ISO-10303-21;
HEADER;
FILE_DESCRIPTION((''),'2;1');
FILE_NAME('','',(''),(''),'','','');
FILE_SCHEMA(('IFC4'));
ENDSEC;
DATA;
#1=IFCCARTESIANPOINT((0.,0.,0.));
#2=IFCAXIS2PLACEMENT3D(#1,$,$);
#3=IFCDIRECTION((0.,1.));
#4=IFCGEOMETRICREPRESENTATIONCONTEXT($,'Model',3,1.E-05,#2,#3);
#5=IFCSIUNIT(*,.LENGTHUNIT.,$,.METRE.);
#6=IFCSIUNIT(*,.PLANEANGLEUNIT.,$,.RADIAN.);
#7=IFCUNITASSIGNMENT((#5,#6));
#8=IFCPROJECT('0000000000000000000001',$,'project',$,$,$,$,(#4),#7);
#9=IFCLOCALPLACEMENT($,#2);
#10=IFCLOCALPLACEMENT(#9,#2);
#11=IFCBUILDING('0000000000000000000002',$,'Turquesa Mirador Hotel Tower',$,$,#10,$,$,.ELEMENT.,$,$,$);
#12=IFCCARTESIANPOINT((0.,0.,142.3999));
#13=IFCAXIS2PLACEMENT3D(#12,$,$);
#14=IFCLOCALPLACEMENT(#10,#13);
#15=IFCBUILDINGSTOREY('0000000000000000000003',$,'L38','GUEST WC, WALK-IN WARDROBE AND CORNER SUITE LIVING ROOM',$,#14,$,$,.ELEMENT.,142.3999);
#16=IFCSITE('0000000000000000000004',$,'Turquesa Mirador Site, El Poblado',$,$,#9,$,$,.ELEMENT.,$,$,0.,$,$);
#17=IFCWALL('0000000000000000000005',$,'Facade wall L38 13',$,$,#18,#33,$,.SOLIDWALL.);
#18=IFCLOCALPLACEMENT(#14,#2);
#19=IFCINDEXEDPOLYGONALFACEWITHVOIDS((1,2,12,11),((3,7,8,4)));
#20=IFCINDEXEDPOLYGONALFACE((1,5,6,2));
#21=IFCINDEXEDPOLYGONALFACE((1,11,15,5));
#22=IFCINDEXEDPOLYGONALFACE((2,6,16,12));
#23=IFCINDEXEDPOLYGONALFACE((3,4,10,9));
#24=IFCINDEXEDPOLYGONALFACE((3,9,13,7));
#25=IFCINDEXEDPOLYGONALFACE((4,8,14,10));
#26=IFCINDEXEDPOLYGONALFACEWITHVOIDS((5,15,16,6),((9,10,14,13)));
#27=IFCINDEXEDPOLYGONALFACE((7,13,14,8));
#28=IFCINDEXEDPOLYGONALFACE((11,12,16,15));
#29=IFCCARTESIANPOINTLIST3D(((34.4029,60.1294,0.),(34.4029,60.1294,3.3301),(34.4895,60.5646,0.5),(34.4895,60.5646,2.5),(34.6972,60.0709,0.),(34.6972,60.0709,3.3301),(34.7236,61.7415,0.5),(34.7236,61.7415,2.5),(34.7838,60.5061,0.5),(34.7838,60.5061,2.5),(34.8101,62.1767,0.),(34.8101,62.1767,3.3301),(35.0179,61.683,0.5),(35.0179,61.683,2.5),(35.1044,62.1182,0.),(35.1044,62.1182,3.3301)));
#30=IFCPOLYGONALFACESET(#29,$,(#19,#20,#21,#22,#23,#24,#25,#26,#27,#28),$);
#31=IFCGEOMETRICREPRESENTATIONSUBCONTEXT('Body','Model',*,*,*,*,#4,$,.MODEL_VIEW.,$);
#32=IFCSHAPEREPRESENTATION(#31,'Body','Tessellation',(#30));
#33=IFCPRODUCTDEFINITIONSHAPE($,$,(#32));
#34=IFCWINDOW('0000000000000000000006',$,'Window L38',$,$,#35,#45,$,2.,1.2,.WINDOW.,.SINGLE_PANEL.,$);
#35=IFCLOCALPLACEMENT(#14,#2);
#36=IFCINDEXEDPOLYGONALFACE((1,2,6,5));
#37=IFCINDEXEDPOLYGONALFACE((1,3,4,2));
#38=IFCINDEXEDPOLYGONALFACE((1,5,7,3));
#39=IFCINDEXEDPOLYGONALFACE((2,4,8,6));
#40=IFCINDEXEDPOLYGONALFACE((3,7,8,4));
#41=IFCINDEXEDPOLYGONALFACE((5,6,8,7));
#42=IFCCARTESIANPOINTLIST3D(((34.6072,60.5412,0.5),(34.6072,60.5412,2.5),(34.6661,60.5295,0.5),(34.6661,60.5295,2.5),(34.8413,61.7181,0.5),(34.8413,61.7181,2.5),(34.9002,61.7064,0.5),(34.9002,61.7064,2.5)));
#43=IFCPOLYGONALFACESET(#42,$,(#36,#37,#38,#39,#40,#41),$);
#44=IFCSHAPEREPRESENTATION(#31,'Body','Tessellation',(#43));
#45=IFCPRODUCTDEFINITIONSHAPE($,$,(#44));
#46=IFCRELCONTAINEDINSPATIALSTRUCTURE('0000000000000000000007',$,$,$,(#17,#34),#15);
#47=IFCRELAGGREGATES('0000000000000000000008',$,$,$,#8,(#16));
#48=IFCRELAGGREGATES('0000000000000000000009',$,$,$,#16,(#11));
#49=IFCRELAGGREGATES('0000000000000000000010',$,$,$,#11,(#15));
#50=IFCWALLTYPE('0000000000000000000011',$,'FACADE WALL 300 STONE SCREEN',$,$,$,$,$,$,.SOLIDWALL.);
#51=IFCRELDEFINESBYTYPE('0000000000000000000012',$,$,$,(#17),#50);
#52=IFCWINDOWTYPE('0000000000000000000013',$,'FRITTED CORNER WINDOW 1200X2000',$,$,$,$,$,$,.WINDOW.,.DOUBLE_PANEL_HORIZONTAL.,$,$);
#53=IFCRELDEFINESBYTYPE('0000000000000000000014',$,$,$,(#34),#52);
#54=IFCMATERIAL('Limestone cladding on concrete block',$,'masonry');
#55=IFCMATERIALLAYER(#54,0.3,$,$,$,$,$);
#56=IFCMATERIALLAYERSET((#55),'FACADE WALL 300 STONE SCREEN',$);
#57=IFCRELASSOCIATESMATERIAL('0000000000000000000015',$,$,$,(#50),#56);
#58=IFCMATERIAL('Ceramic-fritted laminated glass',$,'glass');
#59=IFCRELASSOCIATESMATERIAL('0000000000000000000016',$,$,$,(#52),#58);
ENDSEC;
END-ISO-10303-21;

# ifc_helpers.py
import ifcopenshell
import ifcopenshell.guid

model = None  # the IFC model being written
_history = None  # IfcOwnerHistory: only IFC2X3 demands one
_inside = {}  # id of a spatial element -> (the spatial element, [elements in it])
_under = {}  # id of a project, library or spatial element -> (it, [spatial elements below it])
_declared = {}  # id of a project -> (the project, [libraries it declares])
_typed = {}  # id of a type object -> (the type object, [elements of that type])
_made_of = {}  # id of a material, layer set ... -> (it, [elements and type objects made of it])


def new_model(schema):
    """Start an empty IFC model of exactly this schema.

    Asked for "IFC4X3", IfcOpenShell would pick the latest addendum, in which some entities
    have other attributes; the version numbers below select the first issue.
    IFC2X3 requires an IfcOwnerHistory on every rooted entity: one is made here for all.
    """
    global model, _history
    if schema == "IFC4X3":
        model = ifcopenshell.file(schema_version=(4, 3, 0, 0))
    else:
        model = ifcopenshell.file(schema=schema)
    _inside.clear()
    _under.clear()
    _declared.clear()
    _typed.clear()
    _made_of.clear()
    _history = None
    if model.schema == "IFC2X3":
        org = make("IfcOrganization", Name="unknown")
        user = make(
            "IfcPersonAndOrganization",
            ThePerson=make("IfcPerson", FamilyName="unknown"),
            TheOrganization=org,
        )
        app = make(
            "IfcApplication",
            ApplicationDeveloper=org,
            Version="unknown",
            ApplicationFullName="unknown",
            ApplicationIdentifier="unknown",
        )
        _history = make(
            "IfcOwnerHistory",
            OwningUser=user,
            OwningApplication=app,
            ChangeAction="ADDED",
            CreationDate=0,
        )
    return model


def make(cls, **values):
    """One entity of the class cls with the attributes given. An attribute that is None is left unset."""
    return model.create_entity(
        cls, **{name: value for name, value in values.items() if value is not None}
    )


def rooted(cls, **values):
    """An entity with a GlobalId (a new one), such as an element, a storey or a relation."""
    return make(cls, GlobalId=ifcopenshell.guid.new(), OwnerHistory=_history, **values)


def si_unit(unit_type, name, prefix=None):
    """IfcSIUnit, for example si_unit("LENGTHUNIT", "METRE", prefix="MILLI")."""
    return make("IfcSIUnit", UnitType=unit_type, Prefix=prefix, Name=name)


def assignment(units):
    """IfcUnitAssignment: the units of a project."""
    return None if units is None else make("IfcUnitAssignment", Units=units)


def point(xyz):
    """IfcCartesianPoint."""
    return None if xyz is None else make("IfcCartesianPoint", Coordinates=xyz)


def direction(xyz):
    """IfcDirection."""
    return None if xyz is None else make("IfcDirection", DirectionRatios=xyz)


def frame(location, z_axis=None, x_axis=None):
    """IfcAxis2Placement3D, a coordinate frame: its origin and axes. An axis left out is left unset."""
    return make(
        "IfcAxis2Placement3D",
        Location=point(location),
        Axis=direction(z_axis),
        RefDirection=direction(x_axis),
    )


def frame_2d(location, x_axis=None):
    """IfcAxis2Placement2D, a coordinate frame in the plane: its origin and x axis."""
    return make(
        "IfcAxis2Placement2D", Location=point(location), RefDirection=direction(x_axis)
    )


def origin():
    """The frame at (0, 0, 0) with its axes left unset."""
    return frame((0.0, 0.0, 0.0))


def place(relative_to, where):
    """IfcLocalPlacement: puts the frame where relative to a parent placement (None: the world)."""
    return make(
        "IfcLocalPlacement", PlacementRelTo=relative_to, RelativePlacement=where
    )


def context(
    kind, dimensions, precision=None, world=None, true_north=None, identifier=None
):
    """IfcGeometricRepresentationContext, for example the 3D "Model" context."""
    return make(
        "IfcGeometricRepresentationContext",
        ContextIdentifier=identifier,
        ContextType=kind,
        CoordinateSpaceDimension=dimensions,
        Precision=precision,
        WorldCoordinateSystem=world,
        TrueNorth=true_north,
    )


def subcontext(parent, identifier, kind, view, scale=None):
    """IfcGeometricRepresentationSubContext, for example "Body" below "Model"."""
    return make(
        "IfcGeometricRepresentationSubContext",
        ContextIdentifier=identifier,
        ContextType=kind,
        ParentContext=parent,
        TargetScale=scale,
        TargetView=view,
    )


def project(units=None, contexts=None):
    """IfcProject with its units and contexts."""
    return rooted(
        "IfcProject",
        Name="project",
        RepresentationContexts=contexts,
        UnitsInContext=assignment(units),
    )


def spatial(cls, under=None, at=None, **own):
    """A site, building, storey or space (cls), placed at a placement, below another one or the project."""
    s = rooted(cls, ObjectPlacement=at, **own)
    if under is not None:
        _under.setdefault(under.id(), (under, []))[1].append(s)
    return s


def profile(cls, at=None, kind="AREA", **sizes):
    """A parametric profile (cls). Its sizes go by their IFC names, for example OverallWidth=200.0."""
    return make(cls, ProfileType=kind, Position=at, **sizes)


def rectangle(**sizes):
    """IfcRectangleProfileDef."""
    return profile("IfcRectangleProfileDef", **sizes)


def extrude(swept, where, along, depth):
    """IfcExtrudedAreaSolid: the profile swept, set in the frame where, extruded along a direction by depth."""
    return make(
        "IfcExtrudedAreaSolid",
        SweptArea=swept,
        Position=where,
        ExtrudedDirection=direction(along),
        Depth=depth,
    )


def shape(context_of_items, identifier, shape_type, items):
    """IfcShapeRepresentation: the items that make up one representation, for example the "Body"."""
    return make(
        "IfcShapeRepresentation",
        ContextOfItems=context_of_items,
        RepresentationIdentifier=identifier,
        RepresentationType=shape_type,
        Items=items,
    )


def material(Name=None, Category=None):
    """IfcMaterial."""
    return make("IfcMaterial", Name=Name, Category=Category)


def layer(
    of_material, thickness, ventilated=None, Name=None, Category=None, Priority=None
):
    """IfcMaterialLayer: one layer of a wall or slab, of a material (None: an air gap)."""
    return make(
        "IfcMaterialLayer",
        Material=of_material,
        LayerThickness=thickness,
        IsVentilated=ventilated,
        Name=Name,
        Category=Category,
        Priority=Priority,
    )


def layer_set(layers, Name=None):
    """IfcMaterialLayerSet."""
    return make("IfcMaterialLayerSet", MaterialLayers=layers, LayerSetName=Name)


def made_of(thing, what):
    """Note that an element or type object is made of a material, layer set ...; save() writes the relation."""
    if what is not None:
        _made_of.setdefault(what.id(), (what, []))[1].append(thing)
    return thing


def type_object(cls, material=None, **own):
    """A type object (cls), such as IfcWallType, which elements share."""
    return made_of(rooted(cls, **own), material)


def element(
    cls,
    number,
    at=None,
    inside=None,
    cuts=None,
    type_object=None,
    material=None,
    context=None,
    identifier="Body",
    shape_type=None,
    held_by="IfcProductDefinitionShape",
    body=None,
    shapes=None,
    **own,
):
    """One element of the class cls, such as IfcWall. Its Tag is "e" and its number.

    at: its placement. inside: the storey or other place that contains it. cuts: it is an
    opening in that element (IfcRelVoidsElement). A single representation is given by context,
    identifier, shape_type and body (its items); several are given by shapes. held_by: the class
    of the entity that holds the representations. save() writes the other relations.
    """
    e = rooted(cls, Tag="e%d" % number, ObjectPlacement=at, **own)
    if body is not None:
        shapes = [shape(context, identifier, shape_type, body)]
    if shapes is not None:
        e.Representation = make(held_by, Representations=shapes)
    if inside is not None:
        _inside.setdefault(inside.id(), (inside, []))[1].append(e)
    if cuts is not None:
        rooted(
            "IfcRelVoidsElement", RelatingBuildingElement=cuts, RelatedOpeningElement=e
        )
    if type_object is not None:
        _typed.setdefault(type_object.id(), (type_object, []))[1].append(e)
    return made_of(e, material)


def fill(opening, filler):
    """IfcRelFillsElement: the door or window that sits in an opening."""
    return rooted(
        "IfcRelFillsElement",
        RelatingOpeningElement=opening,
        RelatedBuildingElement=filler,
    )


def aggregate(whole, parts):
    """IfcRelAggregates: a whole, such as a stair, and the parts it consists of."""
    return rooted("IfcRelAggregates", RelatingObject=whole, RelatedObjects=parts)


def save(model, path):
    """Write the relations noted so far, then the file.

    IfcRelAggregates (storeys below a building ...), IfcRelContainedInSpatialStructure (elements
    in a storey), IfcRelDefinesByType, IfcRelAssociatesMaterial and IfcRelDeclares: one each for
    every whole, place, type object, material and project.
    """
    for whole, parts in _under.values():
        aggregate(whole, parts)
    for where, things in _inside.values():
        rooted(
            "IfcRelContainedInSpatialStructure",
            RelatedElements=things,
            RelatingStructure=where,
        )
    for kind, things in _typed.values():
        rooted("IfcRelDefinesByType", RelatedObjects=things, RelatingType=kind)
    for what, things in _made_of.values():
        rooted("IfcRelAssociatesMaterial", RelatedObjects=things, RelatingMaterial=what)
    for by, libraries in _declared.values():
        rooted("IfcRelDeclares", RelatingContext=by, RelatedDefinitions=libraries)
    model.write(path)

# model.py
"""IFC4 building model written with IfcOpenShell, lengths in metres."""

from ifc_helpers import new_model, si_unit, direction, frame, frame_2d, origin, place, context, subcontext, project, spatial, rectangle, extrude, material, layer, layer_set, type_object, element, fill, save


model = new_model("IFC4")

# Units and contexts
model_context = context("Model", 3, precision=1e-05, world=origin(), true_north=direction((0.0, 1.0)))
body_context = subcontext(model_context, "Body", "Model", "MODEL_VIEW")
ifc_project = project(units=[si_unit("LENGTHUNIT", "METRE"), si_unit("PLANEANGLEUNIT", "RADIAN")], contexts=[model_context])

# Site, building, storey
site_placement = place(None, origin())
site = spatial("IfcSite", under=ifc_project, at=site_placement, Name="Turquesa Mirador Site, El Poblado", CompositionType="ELEMENT", RefElevation=0.0)
building_placement = place(site_placement, origin())
building = spatial("IfcBuilding", under=site, at=building_placement, Name="Turquesa Mirador Hotel Tower", CompositionType="ELEMENT")
storey_placement = place(building_placement, frame((0.0, 0.0, 142.3999)))
storey = spatial("IfcBuildingStorey", under=building, at=storey_placement, Name="L38", Description="GUEST WC, WALK-IN WARDROBE AND CORNER SUITE LIVING ROOM", CompositionType="ELEMENT", Elevation=142.3999)

# Wall, opening, window
ifc_material_1 = material(Name="Limestone cladding on concrete block", Category="masonry")
ifc_layer_1 = layer(ifc_material_1, 0.3)
ifc_layer_set_1 = layer_set([ifc_layer_1], Name="FACADE WALL 300 STONE SCREEN")
wall_type_1 = type_object("IfcWallType", Name="FACADE WALL 300 STONE SCREEN", PredefinedType="SOLIDWALL", material=ifc_layer_set_1)
ifc_material_2 = material(Name="Ceramic-fritted laminated glass", Category="glass")
window_type_1 = type_object("IfcWindowType", Name="FRITTED CORNER WINDOW 1200X2000", PartitioningType="DOUBLE_PANEL_HORIZONTAL", PredefinedType="WINDOW", material=ifc_material_2)
wall_1_placement = place(storey_placement, frame((34.9573, 62.1475, 0.0), z_axis=(0.0, 0.0, 1.0), x_axis=(-0.195081, -0.980787, 0.0)))
wall_1 = element("IfcWall", 1, at=wall_1_placement, inside=storey, type_object=wall_type_1, Name="Facade wall L38 13", PredefinedType="SOLIDWALL", context=body_context, shape_type="SweptSolid", body=[
    extrude(rectangle(XDim=2.0874, YDim=0.3, at=frame_2d((1.0437, 0.0))), origin(), (0.0, 0.0, 1.0), 3.3301),
])
opening_1_placement = place(wall_1_placement, frame((0.4436, 0.0, 0.5)))
opening_1 = element("IfcOpeningElement", 2, at=opening_1_placement, cuts=wall_1, PredefinedType="OPENING", context=body_context, shape_type="SweptSolid", body=[
    extrude(rectangle(XDim=1.2, YDim=2.0, at=frame_2d((0.6001, 1.0))), frame((0.0, 0.1599, 0.0), z_axis=(0.0, -1.0, 0.0), x_axis=(1.0, 0.0, 0.0)), (0.0, 0.0, 1.0), 0.3201),
])
window_1_placement = place(opening_1_placement, origin())
window_1 = element("IfcWindow", 3, at=window_1_placement, inside=storey, type_object=window_type_1, Name="Window L38", OverallHeight=2.0, OverallWidth=1.2, PartitioningType="SINGLE_PANEL", PredefinedType="WINDOW", context=body_context, shape_type="SweptSolid", body=[
    extrude(rectangle(XDim=1.2, YDim=2.0, at=frame_2d((0.6001, 1.0))), frame((0.0, 0.03, 0.0), z_axis=(0.0, -1.0, 0.0), x_axis=(1.0, 0.0, 0.0)), (0.0, 0.0, 1.0), 0.0601),
])
fill(opening_1, window_1)

save(model, "model.ifc")
